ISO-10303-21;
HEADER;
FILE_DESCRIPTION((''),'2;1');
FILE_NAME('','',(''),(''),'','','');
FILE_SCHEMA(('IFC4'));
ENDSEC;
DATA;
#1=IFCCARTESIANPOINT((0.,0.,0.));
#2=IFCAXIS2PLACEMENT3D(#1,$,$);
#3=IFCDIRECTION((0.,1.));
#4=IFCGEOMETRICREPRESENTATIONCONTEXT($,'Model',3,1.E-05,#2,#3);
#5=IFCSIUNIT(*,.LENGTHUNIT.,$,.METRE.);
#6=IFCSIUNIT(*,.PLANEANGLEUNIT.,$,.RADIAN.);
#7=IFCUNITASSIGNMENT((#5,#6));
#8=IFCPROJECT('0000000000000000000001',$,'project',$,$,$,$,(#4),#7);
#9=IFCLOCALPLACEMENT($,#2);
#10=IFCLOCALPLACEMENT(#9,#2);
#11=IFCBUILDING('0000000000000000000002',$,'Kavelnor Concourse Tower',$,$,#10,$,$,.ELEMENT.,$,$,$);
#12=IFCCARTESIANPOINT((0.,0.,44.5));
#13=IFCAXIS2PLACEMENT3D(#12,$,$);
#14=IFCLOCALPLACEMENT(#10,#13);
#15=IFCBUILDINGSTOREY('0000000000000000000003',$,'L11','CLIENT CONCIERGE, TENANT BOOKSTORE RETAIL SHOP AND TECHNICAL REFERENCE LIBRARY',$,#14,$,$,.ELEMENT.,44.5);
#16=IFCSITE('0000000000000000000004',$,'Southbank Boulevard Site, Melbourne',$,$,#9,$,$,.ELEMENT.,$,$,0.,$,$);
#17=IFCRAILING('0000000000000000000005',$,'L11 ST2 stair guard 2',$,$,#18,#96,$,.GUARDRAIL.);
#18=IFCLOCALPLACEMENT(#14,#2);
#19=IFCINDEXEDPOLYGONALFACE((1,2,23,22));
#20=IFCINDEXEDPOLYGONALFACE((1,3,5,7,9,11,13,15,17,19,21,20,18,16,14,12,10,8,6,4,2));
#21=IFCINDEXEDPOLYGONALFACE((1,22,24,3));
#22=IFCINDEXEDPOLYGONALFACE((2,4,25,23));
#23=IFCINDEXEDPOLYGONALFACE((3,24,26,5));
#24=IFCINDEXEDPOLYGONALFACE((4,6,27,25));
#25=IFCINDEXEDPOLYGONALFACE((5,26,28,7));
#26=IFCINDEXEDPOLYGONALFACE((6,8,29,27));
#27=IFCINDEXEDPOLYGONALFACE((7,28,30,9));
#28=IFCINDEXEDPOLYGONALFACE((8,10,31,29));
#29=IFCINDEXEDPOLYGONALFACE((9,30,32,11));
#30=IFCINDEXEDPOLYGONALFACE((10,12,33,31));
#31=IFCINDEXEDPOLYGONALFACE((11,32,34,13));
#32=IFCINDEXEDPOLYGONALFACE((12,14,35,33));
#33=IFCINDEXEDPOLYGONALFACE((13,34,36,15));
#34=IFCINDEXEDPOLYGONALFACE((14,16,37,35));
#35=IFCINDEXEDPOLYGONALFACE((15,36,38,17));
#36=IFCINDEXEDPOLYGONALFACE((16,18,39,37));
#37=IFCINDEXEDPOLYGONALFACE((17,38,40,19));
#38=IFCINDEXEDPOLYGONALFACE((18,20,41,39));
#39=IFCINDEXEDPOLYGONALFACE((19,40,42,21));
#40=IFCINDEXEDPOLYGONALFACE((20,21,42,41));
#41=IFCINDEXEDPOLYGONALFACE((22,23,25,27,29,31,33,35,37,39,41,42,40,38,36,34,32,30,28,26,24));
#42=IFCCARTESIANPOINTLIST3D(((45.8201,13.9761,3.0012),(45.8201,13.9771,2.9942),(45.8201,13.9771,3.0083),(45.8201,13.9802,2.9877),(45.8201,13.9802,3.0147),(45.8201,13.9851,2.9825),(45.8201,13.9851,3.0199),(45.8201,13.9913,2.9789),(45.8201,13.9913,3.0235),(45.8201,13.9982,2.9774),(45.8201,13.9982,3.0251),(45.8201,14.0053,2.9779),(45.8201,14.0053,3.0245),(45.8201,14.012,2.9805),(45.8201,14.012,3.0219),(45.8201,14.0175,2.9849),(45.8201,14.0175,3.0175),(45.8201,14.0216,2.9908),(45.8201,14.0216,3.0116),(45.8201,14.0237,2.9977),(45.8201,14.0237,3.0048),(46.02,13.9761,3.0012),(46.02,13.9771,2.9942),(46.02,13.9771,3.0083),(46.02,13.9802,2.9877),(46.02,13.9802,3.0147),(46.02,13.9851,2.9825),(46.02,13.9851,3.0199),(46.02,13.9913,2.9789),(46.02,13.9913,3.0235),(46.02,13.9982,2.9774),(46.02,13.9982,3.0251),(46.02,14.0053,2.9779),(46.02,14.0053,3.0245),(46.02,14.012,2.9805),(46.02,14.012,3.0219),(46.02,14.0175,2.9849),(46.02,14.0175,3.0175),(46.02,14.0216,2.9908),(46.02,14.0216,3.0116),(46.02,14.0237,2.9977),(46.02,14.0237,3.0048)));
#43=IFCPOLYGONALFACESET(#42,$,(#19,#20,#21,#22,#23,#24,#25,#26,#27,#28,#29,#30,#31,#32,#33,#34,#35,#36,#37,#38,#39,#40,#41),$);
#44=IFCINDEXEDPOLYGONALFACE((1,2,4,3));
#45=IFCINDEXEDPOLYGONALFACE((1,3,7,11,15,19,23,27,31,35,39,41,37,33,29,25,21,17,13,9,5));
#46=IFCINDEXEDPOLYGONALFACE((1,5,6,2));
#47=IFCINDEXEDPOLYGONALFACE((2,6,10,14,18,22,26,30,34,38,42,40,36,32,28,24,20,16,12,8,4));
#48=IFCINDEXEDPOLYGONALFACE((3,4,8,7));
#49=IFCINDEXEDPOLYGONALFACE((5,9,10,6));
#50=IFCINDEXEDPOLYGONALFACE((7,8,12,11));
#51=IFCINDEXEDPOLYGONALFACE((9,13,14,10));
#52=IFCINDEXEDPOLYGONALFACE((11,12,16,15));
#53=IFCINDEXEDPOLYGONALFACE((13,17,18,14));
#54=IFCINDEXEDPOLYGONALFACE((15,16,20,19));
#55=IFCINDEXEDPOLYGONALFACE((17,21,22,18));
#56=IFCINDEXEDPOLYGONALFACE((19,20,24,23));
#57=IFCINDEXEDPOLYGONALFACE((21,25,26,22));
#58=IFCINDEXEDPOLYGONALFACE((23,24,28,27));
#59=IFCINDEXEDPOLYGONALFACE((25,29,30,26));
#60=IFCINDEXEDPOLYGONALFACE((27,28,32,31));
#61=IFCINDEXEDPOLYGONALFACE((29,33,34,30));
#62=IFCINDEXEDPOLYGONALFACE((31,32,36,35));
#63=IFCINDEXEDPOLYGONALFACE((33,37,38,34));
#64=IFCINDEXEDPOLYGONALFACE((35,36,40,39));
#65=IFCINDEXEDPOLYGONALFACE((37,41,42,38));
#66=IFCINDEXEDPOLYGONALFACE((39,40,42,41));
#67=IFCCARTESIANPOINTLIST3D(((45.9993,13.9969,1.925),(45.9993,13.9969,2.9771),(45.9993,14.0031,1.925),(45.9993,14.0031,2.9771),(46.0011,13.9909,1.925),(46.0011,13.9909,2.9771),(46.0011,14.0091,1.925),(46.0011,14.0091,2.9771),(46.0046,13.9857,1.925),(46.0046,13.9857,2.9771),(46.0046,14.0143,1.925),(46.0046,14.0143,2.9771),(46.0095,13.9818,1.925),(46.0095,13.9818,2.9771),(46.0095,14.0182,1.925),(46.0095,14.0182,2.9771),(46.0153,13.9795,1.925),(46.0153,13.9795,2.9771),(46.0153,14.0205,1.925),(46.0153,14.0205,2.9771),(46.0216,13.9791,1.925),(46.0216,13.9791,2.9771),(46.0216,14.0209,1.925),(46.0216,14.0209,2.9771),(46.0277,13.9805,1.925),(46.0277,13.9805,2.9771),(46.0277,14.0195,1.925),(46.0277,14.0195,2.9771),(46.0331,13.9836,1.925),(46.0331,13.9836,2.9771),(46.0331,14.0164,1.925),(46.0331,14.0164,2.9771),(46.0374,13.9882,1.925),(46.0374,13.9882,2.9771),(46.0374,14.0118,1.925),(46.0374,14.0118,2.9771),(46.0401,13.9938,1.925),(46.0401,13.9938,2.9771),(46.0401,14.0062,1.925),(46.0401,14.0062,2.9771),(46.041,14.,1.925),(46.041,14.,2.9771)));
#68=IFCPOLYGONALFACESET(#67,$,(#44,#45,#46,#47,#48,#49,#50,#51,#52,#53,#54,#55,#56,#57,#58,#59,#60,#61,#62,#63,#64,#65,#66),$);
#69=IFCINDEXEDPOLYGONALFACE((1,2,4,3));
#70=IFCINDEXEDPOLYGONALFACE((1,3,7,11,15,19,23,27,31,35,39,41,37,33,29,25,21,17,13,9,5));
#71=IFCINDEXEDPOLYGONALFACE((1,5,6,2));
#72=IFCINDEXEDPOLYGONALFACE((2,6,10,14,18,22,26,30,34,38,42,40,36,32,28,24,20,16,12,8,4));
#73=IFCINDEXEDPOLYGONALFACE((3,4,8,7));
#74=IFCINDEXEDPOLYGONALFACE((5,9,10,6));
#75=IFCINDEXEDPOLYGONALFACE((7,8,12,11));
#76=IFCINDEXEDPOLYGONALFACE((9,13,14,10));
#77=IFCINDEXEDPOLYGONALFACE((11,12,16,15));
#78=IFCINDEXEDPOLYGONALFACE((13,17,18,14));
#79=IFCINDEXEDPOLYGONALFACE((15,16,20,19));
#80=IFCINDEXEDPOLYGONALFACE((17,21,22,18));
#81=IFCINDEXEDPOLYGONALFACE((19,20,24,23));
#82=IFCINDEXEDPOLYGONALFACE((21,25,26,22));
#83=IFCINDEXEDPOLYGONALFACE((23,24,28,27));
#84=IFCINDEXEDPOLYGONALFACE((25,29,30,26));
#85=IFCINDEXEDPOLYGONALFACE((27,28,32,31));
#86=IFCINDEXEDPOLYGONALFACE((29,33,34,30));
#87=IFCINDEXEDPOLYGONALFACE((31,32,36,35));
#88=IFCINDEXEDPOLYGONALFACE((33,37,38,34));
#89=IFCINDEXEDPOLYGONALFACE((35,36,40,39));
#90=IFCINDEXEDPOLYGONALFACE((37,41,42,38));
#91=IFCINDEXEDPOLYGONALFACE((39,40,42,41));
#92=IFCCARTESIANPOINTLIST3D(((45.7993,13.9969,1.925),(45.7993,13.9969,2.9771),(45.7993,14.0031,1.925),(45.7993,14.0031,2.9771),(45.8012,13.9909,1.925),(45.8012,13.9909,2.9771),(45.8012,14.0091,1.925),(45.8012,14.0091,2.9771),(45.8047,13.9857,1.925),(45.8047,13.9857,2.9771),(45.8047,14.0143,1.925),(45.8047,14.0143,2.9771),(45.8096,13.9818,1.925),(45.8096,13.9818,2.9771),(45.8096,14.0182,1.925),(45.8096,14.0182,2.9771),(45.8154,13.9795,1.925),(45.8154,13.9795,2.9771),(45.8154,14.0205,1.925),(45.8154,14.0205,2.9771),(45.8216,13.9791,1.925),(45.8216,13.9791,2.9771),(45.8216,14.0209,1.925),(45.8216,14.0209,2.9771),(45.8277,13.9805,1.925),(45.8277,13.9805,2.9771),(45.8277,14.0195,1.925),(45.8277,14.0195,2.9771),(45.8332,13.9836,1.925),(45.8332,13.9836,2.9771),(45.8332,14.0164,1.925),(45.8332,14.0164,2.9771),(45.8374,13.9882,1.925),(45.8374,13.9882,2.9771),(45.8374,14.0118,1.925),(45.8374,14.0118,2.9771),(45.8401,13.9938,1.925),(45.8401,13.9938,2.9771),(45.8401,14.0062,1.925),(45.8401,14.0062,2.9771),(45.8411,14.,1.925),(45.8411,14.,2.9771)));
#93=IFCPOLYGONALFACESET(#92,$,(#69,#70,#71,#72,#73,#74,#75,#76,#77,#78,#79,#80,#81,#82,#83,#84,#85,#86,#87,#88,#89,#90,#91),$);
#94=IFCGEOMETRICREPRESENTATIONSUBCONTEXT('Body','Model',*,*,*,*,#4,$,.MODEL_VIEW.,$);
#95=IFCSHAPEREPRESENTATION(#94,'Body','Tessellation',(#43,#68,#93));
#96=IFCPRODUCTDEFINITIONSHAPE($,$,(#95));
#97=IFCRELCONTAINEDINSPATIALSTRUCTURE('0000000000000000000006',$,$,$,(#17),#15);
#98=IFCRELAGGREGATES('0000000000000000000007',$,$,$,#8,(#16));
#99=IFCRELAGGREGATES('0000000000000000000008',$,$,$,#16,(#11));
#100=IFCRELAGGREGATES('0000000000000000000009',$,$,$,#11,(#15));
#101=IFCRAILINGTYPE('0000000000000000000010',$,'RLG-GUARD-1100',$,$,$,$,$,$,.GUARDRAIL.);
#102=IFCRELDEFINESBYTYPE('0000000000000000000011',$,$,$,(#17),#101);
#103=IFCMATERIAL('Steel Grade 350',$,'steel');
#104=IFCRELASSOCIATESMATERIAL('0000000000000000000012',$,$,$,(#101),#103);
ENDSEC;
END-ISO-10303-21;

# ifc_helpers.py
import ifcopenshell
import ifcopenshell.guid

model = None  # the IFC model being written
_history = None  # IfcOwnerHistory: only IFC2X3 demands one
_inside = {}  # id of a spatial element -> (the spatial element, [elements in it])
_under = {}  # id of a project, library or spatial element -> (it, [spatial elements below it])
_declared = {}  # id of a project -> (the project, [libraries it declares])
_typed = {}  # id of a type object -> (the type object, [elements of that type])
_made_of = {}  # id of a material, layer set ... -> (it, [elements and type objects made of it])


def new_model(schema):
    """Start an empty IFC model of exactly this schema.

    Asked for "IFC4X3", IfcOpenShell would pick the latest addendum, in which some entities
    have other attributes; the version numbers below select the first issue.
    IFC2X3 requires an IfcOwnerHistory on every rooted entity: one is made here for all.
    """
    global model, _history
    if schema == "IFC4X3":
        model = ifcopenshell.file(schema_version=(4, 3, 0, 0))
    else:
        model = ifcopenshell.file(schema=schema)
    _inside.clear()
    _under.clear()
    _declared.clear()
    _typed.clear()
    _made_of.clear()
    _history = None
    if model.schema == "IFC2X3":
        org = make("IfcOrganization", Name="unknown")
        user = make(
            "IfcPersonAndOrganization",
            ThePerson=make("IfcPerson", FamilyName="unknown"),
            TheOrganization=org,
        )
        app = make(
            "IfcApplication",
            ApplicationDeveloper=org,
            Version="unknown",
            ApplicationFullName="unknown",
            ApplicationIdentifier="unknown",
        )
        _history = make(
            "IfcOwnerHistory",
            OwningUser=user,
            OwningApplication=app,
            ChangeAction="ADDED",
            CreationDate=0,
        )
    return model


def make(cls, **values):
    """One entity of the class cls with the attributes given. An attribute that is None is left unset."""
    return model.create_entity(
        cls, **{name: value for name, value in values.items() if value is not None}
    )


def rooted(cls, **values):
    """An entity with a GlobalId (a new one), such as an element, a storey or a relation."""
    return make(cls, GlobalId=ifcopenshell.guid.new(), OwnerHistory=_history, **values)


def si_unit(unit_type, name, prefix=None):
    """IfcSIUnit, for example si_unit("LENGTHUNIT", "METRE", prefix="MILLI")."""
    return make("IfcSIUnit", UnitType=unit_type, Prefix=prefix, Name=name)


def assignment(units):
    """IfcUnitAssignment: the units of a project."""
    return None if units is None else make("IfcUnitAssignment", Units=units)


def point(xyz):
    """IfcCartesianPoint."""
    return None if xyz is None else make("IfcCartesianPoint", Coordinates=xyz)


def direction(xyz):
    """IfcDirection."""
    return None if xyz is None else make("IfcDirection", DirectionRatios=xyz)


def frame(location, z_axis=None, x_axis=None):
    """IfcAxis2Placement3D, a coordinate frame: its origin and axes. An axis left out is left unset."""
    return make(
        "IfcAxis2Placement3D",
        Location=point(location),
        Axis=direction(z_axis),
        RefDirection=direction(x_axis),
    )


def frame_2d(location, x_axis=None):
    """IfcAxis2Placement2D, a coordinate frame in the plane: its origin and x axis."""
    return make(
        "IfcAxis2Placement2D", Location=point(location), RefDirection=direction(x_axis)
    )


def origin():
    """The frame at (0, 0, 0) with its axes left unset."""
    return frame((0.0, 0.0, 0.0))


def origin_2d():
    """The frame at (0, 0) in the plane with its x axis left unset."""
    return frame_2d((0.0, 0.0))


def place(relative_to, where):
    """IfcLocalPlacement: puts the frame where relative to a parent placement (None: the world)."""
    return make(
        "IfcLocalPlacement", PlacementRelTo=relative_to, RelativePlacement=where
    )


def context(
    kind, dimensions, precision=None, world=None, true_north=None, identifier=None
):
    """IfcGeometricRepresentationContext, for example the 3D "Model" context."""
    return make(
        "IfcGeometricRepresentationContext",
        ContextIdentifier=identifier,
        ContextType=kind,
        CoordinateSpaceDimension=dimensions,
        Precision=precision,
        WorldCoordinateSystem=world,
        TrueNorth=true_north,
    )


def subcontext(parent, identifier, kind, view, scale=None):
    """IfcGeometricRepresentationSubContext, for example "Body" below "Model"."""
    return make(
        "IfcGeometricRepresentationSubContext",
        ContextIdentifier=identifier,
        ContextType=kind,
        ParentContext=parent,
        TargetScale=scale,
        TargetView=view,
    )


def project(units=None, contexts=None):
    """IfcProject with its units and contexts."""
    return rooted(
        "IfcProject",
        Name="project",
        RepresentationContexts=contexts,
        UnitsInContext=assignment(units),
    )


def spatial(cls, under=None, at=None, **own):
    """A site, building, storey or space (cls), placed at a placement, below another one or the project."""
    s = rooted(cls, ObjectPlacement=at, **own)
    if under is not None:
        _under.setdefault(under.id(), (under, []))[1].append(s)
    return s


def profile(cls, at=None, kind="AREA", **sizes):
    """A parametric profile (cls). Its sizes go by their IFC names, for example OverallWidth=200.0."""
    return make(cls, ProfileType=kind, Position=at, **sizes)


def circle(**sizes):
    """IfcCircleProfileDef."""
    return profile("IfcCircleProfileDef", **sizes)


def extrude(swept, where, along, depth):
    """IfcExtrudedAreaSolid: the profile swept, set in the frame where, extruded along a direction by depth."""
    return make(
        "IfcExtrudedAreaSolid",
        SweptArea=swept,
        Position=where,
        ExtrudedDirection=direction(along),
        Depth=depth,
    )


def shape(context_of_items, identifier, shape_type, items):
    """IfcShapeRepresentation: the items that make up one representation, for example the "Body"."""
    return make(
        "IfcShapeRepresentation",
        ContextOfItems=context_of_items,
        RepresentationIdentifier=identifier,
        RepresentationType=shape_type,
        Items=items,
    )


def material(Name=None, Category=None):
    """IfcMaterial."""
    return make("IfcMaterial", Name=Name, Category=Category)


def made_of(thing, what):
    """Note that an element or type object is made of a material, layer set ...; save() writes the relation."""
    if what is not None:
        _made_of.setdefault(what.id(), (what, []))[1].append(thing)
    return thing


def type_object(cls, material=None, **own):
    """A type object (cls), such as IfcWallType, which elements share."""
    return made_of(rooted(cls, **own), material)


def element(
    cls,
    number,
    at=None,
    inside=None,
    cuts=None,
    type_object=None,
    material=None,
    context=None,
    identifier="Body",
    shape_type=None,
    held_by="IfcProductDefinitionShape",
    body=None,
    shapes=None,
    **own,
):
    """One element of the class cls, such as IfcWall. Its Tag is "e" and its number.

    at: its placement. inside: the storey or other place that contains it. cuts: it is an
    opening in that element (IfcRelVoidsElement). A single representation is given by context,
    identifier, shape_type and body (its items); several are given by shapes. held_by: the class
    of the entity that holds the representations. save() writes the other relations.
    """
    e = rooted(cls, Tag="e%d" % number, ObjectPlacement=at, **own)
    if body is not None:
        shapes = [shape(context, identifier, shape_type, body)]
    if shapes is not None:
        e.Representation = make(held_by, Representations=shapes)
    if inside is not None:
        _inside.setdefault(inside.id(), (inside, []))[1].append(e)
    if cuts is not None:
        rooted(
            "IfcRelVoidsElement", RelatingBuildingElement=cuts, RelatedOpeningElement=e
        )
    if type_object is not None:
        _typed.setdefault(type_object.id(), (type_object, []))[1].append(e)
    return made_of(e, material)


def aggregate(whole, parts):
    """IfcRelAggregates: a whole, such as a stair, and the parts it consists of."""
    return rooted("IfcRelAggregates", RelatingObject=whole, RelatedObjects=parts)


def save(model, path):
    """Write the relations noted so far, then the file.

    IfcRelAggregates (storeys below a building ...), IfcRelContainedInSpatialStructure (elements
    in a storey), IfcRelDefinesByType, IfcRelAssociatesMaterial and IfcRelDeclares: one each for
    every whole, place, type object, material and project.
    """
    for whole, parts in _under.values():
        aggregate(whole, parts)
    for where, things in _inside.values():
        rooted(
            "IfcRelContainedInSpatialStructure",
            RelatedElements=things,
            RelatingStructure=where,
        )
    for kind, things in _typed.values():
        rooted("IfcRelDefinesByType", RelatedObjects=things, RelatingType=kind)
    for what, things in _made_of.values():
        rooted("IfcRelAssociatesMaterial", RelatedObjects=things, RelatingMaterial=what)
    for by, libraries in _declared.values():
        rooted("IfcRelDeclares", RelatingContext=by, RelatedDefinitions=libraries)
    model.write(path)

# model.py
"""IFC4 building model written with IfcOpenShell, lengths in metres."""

from ifc_helpers import new_model, si_unit, direction, frame, origin, origin_2d, place, context, subcontext, project, spatial, circle, extrude, material, type_object, element, save


model = new_model("IFC4")

# Units and contexts
model_context = context("Model", 3, precision=1e-05, world=origin(), true_north=direction((0.0, 1.0)))
body_context = subcontext(model_context, "Body", "Model", "MODEL_VIEW")
ifc_project = project(units=[si_unit("LENGTHUNIT", "METRE"), si_unit("PLANEANGLEUNIT", "RADIAN")], contexts=[model_context])

# Site, building, storey
site_placement = place(None, origin())
site = spatial("IfcSite", under=ifc_project, at=site_placement, Name="Southbank Boulevard Site, Melbourne", CompositionType="ELEMENT", RefElevation=0.0)
building_placement = place(site_placement, origin())
building = spatial("IfcBuilding", under=site, at=building_placement, Name="Kavelnor Concourse Tower", CompositionType="ELEMENT")
storey_placement = place(building_placement, frame((0.0, 0.0, 44.5)))
storey = spatial("IfcBuildingStorey", under=building, at=storey_placement, Name="L11", Description="CLIENT CONCIERGE, TENANT BOOKSTORE RETAIL SHOP AND TECHNICAL REFERENCE LIBRARY", CompositionType="ELEMENT", Elevation=44.5)

# Shared definitions
ifc_material_1 = material(Name="Steel Grade 350", Category="steel")

# Railing
railing_type_1 = type_object("IfcRailingType", Name="RLG-GUARD-1100", PredefinedType="GUARDRAIL", material=ifc_material_1)
railing_1_placement = place(storey_placement, frame((46.02, 14.0, 1.925)))
element("IfcRailing", 1, at=railing_1_placement, inside=storey, type_object=railing_type_1, Name="L11 ST2 stair guard 2", PredefinedType="GUARDRAIL", context=body_context, shape_type="SweptSolid", body=[
    extrude(circle(Radius=0.0239, at=origin_2d()), frame((0.0, 0.0, 1.0762), z_axis=(-1.0, 0.0, 0.0), x_axis=(0.0, -1.0, 0.0)), (0.0, 0.0, 1.0), 0.2),
    extrude(circle(Radius=0.021, at=origin_2d()), origin(), (0.0, 0.0, 1.0), 1.052),
    extrude(circle(Radius=0.021, at=origin_2d()), frame((-0.2, 0.0, 0.0)), (0.0, 0.0, 1.0), 1.052),
])

save(model, "model.ifc")
